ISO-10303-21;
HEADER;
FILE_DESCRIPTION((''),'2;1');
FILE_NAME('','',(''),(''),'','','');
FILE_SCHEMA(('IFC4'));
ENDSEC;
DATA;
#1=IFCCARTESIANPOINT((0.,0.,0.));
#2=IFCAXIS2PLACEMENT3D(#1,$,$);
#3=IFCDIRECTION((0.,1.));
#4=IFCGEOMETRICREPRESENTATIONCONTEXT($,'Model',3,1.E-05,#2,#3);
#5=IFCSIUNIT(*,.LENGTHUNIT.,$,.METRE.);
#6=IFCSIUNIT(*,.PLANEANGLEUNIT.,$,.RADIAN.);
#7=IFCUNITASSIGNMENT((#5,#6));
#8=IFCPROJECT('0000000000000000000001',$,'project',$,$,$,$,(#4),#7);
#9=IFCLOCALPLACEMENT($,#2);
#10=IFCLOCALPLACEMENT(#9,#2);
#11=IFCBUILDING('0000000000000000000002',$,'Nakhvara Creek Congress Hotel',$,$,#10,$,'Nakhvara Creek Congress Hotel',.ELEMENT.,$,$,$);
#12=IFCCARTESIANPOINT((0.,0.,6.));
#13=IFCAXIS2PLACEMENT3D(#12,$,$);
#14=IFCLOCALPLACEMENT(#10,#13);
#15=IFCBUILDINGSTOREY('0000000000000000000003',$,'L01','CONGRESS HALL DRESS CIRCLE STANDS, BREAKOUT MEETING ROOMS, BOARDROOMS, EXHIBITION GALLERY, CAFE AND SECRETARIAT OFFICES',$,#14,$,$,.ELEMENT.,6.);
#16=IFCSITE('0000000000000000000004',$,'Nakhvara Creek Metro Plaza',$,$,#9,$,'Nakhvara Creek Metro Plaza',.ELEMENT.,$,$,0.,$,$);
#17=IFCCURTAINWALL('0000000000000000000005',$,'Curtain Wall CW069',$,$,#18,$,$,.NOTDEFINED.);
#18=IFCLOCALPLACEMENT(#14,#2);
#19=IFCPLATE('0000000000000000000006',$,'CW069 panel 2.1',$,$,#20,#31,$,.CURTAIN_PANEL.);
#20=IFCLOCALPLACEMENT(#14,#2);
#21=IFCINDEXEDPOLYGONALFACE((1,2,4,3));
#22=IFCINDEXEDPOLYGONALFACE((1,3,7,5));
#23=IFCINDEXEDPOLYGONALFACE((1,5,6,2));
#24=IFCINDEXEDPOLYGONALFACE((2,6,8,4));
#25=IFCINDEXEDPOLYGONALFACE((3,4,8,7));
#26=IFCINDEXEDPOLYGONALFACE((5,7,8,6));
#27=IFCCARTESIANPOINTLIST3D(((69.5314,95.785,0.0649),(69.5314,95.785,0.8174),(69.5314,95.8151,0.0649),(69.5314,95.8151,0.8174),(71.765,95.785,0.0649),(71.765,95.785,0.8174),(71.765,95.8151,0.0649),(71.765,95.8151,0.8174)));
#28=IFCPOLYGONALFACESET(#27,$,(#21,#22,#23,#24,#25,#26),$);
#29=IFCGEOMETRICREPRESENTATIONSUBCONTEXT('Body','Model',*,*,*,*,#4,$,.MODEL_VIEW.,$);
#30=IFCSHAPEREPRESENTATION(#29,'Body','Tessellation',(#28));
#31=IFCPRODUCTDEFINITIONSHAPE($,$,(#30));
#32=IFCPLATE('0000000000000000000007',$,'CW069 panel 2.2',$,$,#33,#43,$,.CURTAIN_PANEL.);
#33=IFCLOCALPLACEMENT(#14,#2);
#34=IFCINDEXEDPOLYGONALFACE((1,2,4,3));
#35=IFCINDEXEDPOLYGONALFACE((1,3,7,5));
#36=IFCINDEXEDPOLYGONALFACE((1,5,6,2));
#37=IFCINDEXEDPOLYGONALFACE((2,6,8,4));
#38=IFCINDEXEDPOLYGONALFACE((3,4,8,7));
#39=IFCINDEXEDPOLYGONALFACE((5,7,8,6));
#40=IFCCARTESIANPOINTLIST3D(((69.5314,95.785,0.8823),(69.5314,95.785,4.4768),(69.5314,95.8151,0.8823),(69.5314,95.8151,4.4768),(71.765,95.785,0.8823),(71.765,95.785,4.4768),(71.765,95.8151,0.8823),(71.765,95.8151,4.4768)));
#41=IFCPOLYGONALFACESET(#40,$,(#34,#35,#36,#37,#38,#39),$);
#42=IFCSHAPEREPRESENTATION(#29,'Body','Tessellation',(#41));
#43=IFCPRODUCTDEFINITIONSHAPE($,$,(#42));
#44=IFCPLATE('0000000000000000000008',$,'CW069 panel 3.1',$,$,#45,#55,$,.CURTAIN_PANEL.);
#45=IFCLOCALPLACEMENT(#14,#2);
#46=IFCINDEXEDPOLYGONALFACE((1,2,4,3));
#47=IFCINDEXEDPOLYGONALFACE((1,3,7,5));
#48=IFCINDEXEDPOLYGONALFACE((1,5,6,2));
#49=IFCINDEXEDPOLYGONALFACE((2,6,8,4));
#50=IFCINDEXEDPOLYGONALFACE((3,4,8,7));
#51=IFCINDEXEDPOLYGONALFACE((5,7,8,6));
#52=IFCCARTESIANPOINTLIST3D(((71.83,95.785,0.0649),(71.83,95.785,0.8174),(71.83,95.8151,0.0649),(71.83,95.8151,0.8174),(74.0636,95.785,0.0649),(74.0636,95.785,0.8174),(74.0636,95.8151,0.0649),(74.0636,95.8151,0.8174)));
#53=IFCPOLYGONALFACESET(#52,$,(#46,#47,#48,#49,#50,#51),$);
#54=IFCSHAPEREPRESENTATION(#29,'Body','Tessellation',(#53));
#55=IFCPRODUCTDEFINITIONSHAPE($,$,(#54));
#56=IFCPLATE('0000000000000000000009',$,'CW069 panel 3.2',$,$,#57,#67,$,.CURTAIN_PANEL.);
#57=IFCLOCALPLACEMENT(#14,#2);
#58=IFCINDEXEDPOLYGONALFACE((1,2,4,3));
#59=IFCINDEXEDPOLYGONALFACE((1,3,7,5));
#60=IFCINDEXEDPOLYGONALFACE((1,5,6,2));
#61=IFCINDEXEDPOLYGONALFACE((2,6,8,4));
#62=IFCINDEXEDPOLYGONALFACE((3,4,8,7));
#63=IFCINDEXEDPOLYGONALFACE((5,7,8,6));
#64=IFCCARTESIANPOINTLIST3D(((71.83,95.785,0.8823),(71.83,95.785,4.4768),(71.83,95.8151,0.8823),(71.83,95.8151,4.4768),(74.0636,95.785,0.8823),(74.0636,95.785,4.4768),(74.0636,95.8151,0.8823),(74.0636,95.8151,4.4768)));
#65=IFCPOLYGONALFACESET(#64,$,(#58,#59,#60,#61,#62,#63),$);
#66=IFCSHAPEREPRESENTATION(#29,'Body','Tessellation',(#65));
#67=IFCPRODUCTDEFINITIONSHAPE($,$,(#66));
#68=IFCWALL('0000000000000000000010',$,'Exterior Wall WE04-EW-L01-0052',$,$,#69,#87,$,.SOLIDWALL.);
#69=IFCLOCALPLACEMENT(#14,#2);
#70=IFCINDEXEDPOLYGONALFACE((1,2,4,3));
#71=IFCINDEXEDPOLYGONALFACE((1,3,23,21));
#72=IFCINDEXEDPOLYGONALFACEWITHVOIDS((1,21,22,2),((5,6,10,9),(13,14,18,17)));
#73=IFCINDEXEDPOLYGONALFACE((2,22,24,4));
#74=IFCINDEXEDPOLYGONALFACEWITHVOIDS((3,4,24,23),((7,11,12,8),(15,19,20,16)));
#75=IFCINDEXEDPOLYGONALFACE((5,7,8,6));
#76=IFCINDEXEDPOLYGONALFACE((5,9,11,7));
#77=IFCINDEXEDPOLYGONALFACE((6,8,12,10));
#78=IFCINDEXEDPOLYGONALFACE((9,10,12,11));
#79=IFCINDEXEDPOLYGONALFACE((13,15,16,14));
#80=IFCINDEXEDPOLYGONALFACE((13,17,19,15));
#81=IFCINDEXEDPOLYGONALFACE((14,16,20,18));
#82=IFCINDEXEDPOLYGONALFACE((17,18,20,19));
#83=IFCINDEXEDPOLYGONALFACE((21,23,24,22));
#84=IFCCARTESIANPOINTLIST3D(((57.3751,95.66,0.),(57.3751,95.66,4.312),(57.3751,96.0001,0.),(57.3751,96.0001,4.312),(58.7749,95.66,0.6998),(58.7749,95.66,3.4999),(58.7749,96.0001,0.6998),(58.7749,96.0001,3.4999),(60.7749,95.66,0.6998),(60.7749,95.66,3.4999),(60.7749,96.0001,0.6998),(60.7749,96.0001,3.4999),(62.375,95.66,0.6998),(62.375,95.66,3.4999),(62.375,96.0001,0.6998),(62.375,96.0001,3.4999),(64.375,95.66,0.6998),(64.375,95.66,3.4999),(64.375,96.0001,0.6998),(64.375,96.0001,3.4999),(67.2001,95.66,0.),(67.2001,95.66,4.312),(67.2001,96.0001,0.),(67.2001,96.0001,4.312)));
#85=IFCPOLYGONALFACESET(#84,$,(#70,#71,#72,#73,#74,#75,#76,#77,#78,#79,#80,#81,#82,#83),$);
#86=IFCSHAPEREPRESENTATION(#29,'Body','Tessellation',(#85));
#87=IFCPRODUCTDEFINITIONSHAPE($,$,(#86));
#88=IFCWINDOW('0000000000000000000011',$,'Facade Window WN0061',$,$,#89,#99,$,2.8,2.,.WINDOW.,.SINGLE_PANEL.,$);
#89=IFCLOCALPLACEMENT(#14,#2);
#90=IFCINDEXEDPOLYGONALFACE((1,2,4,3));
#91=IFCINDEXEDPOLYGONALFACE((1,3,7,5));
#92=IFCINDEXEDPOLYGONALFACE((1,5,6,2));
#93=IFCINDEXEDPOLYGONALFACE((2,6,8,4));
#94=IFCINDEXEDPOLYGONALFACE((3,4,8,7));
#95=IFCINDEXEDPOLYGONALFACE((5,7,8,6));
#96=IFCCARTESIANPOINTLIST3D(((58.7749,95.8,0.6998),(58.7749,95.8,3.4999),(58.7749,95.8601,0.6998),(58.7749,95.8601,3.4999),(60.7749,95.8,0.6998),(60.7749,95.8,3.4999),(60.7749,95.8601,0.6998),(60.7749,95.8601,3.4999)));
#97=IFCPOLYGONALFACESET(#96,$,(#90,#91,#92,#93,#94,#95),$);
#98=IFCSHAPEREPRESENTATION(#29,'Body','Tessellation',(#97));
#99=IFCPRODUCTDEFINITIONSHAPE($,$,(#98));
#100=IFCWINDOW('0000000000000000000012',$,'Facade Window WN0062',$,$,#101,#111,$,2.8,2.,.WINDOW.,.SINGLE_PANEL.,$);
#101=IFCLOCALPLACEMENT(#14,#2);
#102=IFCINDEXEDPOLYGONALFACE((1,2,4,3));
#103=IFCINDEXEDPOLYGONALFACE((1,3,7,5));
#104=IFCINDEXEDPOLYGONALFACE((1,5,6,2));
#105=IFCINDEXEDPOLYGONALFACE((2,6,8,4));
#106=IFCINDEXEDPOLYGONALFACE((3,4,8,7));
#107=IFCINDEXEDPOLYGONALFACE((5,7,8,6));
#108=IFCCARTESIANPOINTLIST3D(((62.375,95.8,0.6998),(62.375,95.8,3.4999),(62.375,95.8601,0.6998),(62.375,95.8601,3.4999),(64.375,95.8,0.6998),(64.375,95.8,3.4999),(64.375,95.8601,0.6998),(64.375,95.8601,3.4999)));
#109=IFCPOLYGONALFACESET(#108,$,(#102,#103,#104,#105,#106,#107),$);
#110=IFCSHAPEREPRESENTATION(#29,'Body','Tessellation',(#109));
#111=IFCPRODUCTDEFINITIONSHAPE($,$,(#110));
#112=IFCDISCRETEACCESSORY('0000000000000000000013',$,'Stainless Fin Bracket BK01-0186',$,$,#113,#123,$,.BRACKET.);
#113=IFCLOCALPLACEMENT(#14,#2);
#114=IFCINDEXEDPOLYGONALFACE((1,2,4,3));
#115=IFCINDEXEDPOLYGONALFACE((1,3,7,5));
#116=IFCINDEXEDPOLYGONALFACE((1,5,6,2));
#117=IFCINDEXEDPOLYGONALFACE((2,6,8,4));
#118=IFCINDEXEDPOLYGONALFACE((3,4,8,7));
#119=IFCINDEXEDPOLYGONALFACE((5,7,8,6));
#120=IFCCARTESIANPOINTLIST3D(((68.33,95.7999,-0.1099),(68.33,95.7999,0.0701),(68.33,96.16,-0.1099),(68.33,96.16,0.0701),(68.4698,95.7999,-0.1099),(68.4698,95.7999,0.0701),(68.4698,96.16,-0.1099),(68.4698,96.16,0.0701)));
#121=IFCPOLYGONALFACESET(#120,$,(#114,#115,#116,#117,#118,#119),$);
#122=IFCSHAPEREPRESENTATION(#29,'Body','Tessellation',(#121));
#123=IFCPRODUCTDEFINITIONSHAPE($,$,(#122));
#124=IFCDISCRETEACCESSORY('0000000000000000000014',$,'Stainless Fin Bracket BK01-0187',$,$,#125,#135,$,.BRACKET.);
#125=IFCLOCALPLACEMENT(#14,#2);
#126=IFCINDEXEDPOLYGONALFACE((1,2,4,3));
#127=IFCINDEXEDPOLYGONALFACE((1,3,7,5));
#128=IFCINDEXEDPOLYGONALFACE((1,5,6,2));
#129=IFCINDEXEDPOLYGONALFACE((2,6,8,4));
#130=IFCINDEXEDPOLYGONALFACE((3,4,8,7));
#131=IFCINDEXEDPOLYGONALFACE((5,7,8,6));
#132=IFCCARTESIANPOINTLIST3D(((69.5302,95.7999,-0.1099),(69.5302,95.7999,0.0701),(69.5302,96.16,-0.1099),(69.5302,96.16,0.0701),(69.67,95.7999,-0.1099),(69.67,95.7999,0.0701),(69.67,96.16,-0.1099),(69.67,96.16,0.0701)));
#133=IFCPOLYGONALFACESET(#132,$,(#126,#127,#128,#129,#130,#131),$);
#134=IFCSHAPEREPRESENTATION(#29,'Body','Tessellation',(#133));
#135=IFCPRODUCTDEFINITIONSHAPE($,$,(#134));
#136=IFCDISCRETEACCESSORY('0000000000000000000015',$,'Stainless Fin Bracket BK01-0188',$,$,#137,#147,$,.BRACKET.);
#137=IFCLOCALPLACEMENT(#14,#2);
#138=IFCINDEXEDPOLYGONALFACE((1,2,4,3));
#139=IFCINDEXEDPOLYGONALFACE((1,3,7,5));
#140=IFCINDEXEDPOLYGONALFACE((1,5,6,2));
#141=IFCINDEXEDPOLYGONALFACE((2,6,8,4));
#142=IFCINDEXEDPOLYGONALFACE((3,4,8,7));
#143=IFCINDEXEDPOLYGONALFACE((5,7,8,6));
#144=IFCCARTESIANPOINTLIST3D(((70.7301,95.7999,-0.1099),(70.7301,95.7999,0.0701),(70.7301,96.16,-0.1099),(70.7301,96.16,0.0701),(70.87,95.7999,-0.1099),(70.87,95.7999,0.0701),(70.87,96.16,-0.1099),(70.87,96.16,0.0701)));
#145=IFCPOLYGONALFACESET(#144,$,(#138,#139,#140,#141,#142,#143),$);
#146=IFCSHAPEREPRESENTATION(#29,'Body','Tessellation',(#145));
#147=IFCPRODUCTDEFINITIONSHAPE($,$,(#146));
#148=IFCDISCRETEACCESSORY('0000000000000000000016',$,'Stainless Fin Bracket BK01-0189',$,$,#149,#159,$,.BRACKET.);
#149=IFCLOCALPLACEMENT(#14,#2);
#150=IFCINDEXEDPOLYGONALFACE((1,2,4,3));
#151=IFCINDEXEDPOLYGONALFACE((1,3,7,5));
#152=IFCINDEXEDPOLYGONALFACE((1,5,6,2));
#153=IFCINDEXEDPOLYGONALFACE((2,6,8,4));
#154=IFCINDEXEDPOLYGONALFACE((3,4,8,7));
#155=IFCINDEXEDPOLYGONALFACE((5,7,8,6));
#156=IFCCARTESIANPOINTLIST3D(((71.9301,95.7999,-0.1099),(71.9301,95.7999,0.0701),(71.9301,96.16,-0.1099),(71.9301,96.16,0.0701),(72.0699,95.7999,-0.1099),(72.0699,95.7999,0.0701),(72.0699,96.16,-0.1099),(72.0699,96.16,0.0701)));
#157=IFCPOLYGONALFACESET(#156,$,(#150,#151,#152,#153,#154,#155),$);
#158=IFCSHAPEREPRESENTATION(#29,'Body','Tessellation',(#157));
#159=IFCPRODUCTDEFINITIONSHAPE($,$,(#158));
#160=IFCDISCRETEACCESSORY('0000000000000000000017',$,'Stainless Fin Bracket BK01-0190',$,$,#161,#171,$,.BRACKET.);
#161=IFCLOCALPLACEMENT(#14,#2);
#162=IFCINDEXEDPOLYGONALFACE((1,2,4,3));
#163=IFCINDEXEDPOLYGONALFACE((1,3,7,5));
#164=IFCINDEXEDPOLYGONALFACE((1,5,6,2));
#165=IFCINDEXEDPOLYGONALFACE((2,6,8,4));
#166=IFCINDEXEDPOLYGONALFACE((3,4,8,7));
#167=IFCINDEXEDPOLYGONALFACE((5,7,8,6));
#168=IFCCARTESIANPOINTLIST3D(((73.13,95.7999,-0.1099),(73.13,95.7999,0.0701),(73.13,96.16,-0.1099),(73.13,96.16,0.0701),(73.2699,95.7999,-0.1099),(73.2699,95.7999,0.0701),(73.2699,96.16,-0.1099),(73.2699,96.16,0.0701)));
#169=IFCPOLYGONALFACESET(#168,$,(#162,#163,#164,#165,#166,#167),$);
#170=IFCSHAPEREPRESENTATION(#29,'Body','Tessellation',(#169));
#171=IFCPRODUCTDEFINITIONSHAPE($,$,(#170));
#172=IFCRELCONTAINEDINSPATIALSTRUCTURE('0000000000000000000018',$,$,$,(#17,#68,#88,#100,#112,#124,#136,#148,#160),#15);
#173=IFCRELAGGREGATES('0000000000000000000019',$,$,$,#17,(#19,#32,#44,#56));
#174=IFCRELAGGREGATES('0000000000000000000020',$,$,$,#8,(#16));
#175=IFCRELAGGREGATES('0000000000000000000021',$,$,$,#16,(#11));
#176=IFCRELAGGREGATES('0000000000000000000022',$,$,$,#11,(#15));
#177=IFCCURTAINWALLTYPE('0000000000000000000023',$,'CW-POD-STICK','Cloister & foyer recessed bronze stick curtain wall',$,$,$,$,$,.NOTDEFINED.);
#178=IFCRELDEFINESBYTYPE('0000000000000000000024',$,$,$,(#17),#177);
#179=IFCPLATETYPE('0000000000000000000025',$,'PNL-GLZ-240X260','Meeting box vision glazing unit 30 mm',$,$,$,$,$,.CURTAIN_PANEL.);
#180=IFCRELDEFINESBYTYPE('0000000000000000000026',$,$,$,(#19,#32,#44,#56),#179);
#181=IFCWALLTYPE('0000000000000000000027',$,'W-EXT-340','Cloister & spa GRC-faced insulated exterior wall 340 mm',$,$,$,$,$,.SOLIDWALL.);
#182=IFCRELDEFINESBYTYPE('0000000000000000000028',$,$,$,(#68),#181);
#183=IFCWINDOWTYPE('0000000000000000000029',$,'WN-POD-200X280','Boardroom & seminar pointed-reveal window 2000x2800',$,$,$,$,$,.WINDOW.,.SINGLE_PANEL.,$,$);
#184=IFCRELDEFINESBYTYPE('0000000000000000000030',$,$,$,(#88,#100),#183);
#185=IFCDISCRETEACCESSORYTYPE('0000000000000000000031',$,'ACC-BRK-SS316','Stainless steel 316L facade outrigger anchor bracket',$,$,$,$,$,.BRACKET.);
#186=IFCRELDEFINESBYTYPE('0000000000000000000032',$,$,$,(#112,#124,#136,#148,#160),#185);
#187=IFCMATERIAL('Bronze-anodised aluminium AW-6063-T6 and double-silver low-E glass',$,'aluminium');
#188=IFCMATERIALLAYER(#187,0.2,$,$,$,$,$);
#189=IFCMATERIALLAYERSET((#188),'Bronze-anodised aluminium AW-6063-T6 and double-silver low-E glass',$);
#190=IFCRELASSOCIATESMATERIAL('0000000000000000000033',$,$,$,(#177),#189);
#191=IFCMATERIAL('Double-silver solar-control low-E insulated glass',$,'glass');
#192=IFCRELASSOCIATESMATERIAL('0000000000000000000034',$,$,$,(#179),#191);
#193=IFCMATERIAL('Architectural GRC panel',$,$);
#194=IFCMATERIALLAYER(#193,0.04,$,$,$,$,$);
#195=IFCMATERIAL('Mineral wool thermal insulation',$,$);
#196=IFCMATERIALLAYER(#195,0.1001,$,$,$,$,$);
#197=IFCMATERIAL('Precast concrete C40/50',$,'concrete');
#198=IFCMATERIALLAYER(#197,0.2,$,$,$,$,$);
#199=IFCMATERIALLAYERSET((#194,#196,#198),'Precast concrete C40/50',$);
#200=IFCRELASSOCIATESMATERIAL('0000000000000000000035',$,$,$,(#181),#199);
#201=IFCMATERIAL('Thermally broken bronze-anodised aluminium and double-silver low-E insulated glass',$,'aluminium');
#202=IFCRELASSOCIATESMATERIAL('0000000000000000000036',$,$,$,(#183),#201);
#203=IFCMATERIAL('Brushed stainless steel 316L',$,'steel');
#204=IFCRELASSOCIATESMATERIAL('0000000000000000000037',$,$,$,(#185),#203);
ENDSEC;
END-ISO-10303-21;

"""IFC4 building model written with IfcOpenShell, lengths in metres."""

from ifc_helpers import new_model, si_unit, direction, frame, frame_2d, origin, origin_2d, place, context, subcontext, project, spatial, rectangle, extrude, material, layer, layer_set, type_object, element, fill, aggregate, save


model = new_model("IFC4")

# Units and contexts
model_context = context("Model", 3, precision=1e-05, world=origin(), true_north=direction((0.0, 1.0)))
body_context = subcontext(model_context, "Body", "Model", "MODEL_VIEW")
ifc_project = project(units=[si_unit("LENGTHUNIT", "METRE"), si_unit("PLANEANGLEUNIT", "RADIAN")], contexts=[model_context])

# Site, building, storey
site_placement = place(None, origin())
site = spatial("IfcSite", under=ifc_project, at=site_placement, Name="Nakhvara Creek Metro Plaza", LongName="Nakhvara Creek Metro Plaza", CompositionType="ELEMENT", RefElevation=0.0)
building_placement = place(site_placement, origin())
building = spatial("IfcBuilding", under=site, at=building_placement, Name="Nakhvara Creek Congress Hotel", LongName="Nakhvara Creek Congress Hotel", CompositionType="ELEMENT")
storey_placement = place(building_placement, frame((0.0, 0.0, 6.0)))
storey = spatial("IfcBuildingStorey", under=building, at=storey_placement, Name="L01", Description="CONGRESS HALL DRESS CIRCLE STANDS, BREAKOUT MEETING ROOMS, BOARDROOMS, EXHIBITION GALLERY, CAFE AND SECRETARIAT OFFICES", CompositionType="ELEMENT", Elevation=6.0)

# Curtain wall, plates
ifc_material_1 = material(Name="Bronze-anodised aluminium AW-6063-T6 and double-silver low-E glass", Category="aluminium")
ifc_layer_1 = layer(ifc_material_1, 0.2)
ifc_layer_set_1 = layer_set([ifc_layer_1], Name="Bronze-anodised aluminium AW-6063-T6 and double-silver low-E glass")
curtain_wall_type = type_object("IfcCurtainWallType", Name="CW-POD-STICK", Description="Cloister & foyer recessed bronze stick curtain wall", PredefinedType="NOTDEFINED", material=ifc_layer_set_1)
curtain_wall_placement = place(storey_placement, origin())
curtain_wall = element("IfcCurtainWall", 1, at=curtain_wall_placement, inside=storey, type_object=curtain_wall_type, Name="Curtain Wall CW069", PredefinedType="NOTDEFINED")
ifc_material_2 = material(Name="Double-silver solar-control low-E insulated glass", Category="glass")
plate_type = type_object("IfcPlateType", Name="PNL-GLZ-240X260", Description="Meeting box vision glazing unit 30 mm", PredefinedType="CURTAIN_PANEL", material=ifc_material_2)
plate_1_placement = place(storey_placement, frame((70.6482, 95.8, 0.0649), z_axis=(0.0, 0.0, 1.0), x_axis=(1.0, 0.0, 0.0)))
plate_1 = element("IfcPlate", 2, at=plate_1_placement, type_object=plate_type, Name="CW069 panel 2.1", PredefinedType="CURTAIN_PANEL", context=body_context, shape_type="SweptSolid", body=[
    extrude(rectangle(XDim=2.2336, YDim=0.03, at=origin_2d()), origin(), (0.0, 0.0, 1.0), 0.7524),
])
plate_2_placement = place(storey_placement, frame((70.6482, 95.8, 0.8823), z_axis=(0.0, 0.0, 1.0), x_axis=(1.0, 0.0, 0.0)))
plate_2 = element("IfcPlate", 3, at=plate_2_placement, type_object=plate_type, Name="CW069 panel 2.2", PredefinedType="CURTAIN_PANEL", context=body_context, shape_type="SweptSolid", body=[
    extrude(rectangle(XDim=2.2336, YDim=0.03, at=origin_2d()), origin(), (0.0, 0.0, 1.0), 3.5945),
])
plate_3_placement = place(storey_placement, frame((72.9468, 95.8, 0.0649), z_axis=(0.0, 0.0, 1.0), x_axis=(1.0, 0.0, 0.0)))
plate_3 = element("IfcPlate", 4, at=plate_3_placement, type_object=plate_type, Name="CW069 panel 3.1", PredefinedType="CURTAIN_PANEL", context=body_context, shape_type="SweptSolid", body=[
    extrude(rectangle(XDim=2.2336, YDim=0.03, at=origin_2d()), origin(), (0.0, 0.0, 1.0), 0.7524),
])
plate_4_placement = place(storey_placement, frame((72.9468, 95.8, 0.8823), z_axis=(0.0, 0.0, 1.0), x_axis=(1.0, 0.0, 0.0)))
plate_4 = element("IfcPlate", 5, at=plate_4_placement, type_object=plate_type, Name="CW069 panel 3.2", PredefinedType="CURTAIN_PANEL", context=body_context, shape_type="SweptSolid", body=[
    extrude(rectangle(XDim=2.2336, YDim=0.03, at=origin_2d()), origin(), (0.0, 0.0, 1.0), 3.5945),
])
aggregate(curtain_wall, [plate_1, plate_2, plate_3, plate_4])

# Wall, openings, windows
ifc_material_3 = material(Name="Architectural GRC panel")
ifc_layer_2 = layer(ifc_material_3, 0.04)
ifc_material_4 = material(Name="Mineral wool thermal insulation")
ifc_layer_3 = layer(ifc_material_4, 0.1001)
ifc_material_5 = material(Name="Precast concrete C40/50", Category="concrete")
ifc_layer_4 = layer(ifc_material_5, 0.2)
ifc_layer_set_2 = layer_set([ifc_layer_2, ifc_layer_3, ifc_layer_4], Name="Precast concrete C40/50")
wall_type = type_object("IfcWallType", Name="W-EXT-340", Description="Cloister & spa GRC-faced insulated exterior wall 340 mm", PredefinedType="SOLIDWALL", material=ifc_layer_set_2)
wall_placement = place(storey_placement, frame((57.375, 95.8301, 0.0), z_axis=(0.0, 0.0, 1.0), x_axis=(1.0, 0.0, 0.0)))
wall = element("IfcWall", 6, at=wall_placement, inside=storey, type_object=wall_type, Name="Exterior Wall WE04-EW-L01-0052", PredefinedType="SOLIDWALL", context=body_context, shape_type="SweptSolid", body=[
    extrude(rectangle(XDim=9.825, YDim=0.3401, at=frame_2d((4.9126, 0.0))), origin(), (0.0, 0.0, 1.0), 4.312),
])
opening_1_placement = place(wall_placement, frame((1.3999, 0.0, 0.7)))
opening_1 = element("IfcOpeningElement", 7, at=opening_1_placement, cuts=wall, PredefinedType="OPENING", context=body_context, shape_type="SweptSolid", body=[
    extrude(rectangle(XDim=2.0, YDim=2.8, at=frame_2d((1.0, 1.3999))), frame((0.0, 0.1821, 0.0), z_axis=(0.0, -1.0, 0.0), x_axis=(1.0, 0.0, 0.0)), (0.0, 0.0, 1.0), 0.364),
])
opening_2_placement = place(wall_placement, frame((5.0, 0.0, 0.7)))
opening_2 = element("IfcOpeningElement", 8, at=opening_2_placement, cuts=wall, PredefinedType="OPENING", context=body_context, shape_type="SweptSolid", body=[
    extrude(rectangle(XDim=2.0, YDim=2.8, at=frame_2d((1.0, 1.3999))), frame((0.0, 0.1821, 0.0), z_axis=(0.0, -1.0, 0.0), x_axis=(1.0, 0.0, 0.0)), (0.0, 0.0, 1.0), 0.364),
])
ifc_material_6 = material(Name="Thermally broken bronze-anodised aluminium and double-silver low-E insulated glass", Category="aluminium")
window_type = type_object("IfcWindowType", Name="WN-POD-200X280", Description="Boardroom & seminar pointed-reveal window 2000x2800", PartitioningType="SINGLE_PANEL", PredefinedType="WINDOW", material=ifc_material_6)
window_1_placement = place(opening_1_placement, origin())
window_1 = element("IfcWindow", 9, at=window_1_placement, inside=storey, type_object=window_type, Name="Facade Window WN0061", OverallHeight=2.8, OverallWidth=2.0, PartitioningType="SINGLE_PANEL", PredefinedType="WINDOW", context=body_context, shape_type="SweptSolid", body=[
    extrude(rectangle(XDim=2.0, YDim=2.8, at=frame_2d((1.0, 1.3999))), frame((0.0, 0.03, 0.0), z_axis=(0.0, -1.0, 0.0), x_axis=(1.0, 0.0, 0.0)), (0.0, 0.0, 1.0), 0.0601),
])
fill(opening_1, window_1)
window_2_placement = place(opening_2_placement, origin())
window_2 = element("IfcWindow", 10, at=window_2_placement, inside=storey, type_object=window_type, Name="Facade Window WN0062", OverallHeight=2.8, OverallWidth=2.0, PartitioningType="SINGLE_PANEL", PredefinedType="WINDOW", context=body_context, shape_type="SweptSolid", body=[
    extrude(rectangle(XDim=2.0, YDim=2.8, at=frame_2d((1.0, 1.3999))), frame((0.0, 0.03, 0.0), z_axis=(0.0, -1.0, 0.0), x_axis=(1.0, 0.0, 0.0)), (0.0, 0.0, 1.0), 0.0601),
])
fill(opening_2, window_2)

# Shared definitions
ifc_material_7 = material(Name="Brushed stainless steel 316L", Category="steel")

# Discrete accessories
discrete_accessory_type = type_object("IfcDiscreteAccessoryType", Name="ACC-BRK-SS316", Description="Stainless steel 316L facade outrigger anchor bracket", PredefinedType="BRACKET", material=ifc_material_7)
for number, where, z_axis, x_axis, name in (
    (11, (68.3999, 95.98, -0.1099), (0.0, 0.0, 1.0), (1.0, 0.0, 0.0), "Stainless Fin Bracket BK01-0186"),
    (12, (69.6001, 95.98, -0.1099), (0.0, 0.0, 1.0), (1.0, 0.0, 0.0), "Stainless Fin Bracket BK01-0187"),
    (13, (70.8, 95.98, -0.1099), (0.0, 0.0, 1.0), (1.0, 0.0, 0.0), "Stainless Fin Bracket BK01-0188"),
    (14, (72.0, 95.98, -0.1099), (0.0, 0.0, 1.0), (1.0, 0.0, 0.0), "Stainless Fin Bracket BK01-0189"),
    (15, (73.2, 95.98, -0.1099), (0.0, 0.0, 1.0), (1.0, 0.0, 0.0), "Stainless Fin Bracket BK01-0190"),
):
    element("IfcDiscreteAccessory", number, at=place(storey_placement, frame(where, z_axis=z_axis, x_axis=x_axis)), inside=storey, type_object=discrete_accessory_type, Name=name, PredefinedType="BRACKET", context=body_context, shape_type="SweptSolid", body=[
        extrude(rectangle(XDim=0.1399, YDim=0.3601, at=origin_2d()), origin(), (0.0, 0.0, 1.0), 0.1799),
    ])

save(model, "model.ifc")
